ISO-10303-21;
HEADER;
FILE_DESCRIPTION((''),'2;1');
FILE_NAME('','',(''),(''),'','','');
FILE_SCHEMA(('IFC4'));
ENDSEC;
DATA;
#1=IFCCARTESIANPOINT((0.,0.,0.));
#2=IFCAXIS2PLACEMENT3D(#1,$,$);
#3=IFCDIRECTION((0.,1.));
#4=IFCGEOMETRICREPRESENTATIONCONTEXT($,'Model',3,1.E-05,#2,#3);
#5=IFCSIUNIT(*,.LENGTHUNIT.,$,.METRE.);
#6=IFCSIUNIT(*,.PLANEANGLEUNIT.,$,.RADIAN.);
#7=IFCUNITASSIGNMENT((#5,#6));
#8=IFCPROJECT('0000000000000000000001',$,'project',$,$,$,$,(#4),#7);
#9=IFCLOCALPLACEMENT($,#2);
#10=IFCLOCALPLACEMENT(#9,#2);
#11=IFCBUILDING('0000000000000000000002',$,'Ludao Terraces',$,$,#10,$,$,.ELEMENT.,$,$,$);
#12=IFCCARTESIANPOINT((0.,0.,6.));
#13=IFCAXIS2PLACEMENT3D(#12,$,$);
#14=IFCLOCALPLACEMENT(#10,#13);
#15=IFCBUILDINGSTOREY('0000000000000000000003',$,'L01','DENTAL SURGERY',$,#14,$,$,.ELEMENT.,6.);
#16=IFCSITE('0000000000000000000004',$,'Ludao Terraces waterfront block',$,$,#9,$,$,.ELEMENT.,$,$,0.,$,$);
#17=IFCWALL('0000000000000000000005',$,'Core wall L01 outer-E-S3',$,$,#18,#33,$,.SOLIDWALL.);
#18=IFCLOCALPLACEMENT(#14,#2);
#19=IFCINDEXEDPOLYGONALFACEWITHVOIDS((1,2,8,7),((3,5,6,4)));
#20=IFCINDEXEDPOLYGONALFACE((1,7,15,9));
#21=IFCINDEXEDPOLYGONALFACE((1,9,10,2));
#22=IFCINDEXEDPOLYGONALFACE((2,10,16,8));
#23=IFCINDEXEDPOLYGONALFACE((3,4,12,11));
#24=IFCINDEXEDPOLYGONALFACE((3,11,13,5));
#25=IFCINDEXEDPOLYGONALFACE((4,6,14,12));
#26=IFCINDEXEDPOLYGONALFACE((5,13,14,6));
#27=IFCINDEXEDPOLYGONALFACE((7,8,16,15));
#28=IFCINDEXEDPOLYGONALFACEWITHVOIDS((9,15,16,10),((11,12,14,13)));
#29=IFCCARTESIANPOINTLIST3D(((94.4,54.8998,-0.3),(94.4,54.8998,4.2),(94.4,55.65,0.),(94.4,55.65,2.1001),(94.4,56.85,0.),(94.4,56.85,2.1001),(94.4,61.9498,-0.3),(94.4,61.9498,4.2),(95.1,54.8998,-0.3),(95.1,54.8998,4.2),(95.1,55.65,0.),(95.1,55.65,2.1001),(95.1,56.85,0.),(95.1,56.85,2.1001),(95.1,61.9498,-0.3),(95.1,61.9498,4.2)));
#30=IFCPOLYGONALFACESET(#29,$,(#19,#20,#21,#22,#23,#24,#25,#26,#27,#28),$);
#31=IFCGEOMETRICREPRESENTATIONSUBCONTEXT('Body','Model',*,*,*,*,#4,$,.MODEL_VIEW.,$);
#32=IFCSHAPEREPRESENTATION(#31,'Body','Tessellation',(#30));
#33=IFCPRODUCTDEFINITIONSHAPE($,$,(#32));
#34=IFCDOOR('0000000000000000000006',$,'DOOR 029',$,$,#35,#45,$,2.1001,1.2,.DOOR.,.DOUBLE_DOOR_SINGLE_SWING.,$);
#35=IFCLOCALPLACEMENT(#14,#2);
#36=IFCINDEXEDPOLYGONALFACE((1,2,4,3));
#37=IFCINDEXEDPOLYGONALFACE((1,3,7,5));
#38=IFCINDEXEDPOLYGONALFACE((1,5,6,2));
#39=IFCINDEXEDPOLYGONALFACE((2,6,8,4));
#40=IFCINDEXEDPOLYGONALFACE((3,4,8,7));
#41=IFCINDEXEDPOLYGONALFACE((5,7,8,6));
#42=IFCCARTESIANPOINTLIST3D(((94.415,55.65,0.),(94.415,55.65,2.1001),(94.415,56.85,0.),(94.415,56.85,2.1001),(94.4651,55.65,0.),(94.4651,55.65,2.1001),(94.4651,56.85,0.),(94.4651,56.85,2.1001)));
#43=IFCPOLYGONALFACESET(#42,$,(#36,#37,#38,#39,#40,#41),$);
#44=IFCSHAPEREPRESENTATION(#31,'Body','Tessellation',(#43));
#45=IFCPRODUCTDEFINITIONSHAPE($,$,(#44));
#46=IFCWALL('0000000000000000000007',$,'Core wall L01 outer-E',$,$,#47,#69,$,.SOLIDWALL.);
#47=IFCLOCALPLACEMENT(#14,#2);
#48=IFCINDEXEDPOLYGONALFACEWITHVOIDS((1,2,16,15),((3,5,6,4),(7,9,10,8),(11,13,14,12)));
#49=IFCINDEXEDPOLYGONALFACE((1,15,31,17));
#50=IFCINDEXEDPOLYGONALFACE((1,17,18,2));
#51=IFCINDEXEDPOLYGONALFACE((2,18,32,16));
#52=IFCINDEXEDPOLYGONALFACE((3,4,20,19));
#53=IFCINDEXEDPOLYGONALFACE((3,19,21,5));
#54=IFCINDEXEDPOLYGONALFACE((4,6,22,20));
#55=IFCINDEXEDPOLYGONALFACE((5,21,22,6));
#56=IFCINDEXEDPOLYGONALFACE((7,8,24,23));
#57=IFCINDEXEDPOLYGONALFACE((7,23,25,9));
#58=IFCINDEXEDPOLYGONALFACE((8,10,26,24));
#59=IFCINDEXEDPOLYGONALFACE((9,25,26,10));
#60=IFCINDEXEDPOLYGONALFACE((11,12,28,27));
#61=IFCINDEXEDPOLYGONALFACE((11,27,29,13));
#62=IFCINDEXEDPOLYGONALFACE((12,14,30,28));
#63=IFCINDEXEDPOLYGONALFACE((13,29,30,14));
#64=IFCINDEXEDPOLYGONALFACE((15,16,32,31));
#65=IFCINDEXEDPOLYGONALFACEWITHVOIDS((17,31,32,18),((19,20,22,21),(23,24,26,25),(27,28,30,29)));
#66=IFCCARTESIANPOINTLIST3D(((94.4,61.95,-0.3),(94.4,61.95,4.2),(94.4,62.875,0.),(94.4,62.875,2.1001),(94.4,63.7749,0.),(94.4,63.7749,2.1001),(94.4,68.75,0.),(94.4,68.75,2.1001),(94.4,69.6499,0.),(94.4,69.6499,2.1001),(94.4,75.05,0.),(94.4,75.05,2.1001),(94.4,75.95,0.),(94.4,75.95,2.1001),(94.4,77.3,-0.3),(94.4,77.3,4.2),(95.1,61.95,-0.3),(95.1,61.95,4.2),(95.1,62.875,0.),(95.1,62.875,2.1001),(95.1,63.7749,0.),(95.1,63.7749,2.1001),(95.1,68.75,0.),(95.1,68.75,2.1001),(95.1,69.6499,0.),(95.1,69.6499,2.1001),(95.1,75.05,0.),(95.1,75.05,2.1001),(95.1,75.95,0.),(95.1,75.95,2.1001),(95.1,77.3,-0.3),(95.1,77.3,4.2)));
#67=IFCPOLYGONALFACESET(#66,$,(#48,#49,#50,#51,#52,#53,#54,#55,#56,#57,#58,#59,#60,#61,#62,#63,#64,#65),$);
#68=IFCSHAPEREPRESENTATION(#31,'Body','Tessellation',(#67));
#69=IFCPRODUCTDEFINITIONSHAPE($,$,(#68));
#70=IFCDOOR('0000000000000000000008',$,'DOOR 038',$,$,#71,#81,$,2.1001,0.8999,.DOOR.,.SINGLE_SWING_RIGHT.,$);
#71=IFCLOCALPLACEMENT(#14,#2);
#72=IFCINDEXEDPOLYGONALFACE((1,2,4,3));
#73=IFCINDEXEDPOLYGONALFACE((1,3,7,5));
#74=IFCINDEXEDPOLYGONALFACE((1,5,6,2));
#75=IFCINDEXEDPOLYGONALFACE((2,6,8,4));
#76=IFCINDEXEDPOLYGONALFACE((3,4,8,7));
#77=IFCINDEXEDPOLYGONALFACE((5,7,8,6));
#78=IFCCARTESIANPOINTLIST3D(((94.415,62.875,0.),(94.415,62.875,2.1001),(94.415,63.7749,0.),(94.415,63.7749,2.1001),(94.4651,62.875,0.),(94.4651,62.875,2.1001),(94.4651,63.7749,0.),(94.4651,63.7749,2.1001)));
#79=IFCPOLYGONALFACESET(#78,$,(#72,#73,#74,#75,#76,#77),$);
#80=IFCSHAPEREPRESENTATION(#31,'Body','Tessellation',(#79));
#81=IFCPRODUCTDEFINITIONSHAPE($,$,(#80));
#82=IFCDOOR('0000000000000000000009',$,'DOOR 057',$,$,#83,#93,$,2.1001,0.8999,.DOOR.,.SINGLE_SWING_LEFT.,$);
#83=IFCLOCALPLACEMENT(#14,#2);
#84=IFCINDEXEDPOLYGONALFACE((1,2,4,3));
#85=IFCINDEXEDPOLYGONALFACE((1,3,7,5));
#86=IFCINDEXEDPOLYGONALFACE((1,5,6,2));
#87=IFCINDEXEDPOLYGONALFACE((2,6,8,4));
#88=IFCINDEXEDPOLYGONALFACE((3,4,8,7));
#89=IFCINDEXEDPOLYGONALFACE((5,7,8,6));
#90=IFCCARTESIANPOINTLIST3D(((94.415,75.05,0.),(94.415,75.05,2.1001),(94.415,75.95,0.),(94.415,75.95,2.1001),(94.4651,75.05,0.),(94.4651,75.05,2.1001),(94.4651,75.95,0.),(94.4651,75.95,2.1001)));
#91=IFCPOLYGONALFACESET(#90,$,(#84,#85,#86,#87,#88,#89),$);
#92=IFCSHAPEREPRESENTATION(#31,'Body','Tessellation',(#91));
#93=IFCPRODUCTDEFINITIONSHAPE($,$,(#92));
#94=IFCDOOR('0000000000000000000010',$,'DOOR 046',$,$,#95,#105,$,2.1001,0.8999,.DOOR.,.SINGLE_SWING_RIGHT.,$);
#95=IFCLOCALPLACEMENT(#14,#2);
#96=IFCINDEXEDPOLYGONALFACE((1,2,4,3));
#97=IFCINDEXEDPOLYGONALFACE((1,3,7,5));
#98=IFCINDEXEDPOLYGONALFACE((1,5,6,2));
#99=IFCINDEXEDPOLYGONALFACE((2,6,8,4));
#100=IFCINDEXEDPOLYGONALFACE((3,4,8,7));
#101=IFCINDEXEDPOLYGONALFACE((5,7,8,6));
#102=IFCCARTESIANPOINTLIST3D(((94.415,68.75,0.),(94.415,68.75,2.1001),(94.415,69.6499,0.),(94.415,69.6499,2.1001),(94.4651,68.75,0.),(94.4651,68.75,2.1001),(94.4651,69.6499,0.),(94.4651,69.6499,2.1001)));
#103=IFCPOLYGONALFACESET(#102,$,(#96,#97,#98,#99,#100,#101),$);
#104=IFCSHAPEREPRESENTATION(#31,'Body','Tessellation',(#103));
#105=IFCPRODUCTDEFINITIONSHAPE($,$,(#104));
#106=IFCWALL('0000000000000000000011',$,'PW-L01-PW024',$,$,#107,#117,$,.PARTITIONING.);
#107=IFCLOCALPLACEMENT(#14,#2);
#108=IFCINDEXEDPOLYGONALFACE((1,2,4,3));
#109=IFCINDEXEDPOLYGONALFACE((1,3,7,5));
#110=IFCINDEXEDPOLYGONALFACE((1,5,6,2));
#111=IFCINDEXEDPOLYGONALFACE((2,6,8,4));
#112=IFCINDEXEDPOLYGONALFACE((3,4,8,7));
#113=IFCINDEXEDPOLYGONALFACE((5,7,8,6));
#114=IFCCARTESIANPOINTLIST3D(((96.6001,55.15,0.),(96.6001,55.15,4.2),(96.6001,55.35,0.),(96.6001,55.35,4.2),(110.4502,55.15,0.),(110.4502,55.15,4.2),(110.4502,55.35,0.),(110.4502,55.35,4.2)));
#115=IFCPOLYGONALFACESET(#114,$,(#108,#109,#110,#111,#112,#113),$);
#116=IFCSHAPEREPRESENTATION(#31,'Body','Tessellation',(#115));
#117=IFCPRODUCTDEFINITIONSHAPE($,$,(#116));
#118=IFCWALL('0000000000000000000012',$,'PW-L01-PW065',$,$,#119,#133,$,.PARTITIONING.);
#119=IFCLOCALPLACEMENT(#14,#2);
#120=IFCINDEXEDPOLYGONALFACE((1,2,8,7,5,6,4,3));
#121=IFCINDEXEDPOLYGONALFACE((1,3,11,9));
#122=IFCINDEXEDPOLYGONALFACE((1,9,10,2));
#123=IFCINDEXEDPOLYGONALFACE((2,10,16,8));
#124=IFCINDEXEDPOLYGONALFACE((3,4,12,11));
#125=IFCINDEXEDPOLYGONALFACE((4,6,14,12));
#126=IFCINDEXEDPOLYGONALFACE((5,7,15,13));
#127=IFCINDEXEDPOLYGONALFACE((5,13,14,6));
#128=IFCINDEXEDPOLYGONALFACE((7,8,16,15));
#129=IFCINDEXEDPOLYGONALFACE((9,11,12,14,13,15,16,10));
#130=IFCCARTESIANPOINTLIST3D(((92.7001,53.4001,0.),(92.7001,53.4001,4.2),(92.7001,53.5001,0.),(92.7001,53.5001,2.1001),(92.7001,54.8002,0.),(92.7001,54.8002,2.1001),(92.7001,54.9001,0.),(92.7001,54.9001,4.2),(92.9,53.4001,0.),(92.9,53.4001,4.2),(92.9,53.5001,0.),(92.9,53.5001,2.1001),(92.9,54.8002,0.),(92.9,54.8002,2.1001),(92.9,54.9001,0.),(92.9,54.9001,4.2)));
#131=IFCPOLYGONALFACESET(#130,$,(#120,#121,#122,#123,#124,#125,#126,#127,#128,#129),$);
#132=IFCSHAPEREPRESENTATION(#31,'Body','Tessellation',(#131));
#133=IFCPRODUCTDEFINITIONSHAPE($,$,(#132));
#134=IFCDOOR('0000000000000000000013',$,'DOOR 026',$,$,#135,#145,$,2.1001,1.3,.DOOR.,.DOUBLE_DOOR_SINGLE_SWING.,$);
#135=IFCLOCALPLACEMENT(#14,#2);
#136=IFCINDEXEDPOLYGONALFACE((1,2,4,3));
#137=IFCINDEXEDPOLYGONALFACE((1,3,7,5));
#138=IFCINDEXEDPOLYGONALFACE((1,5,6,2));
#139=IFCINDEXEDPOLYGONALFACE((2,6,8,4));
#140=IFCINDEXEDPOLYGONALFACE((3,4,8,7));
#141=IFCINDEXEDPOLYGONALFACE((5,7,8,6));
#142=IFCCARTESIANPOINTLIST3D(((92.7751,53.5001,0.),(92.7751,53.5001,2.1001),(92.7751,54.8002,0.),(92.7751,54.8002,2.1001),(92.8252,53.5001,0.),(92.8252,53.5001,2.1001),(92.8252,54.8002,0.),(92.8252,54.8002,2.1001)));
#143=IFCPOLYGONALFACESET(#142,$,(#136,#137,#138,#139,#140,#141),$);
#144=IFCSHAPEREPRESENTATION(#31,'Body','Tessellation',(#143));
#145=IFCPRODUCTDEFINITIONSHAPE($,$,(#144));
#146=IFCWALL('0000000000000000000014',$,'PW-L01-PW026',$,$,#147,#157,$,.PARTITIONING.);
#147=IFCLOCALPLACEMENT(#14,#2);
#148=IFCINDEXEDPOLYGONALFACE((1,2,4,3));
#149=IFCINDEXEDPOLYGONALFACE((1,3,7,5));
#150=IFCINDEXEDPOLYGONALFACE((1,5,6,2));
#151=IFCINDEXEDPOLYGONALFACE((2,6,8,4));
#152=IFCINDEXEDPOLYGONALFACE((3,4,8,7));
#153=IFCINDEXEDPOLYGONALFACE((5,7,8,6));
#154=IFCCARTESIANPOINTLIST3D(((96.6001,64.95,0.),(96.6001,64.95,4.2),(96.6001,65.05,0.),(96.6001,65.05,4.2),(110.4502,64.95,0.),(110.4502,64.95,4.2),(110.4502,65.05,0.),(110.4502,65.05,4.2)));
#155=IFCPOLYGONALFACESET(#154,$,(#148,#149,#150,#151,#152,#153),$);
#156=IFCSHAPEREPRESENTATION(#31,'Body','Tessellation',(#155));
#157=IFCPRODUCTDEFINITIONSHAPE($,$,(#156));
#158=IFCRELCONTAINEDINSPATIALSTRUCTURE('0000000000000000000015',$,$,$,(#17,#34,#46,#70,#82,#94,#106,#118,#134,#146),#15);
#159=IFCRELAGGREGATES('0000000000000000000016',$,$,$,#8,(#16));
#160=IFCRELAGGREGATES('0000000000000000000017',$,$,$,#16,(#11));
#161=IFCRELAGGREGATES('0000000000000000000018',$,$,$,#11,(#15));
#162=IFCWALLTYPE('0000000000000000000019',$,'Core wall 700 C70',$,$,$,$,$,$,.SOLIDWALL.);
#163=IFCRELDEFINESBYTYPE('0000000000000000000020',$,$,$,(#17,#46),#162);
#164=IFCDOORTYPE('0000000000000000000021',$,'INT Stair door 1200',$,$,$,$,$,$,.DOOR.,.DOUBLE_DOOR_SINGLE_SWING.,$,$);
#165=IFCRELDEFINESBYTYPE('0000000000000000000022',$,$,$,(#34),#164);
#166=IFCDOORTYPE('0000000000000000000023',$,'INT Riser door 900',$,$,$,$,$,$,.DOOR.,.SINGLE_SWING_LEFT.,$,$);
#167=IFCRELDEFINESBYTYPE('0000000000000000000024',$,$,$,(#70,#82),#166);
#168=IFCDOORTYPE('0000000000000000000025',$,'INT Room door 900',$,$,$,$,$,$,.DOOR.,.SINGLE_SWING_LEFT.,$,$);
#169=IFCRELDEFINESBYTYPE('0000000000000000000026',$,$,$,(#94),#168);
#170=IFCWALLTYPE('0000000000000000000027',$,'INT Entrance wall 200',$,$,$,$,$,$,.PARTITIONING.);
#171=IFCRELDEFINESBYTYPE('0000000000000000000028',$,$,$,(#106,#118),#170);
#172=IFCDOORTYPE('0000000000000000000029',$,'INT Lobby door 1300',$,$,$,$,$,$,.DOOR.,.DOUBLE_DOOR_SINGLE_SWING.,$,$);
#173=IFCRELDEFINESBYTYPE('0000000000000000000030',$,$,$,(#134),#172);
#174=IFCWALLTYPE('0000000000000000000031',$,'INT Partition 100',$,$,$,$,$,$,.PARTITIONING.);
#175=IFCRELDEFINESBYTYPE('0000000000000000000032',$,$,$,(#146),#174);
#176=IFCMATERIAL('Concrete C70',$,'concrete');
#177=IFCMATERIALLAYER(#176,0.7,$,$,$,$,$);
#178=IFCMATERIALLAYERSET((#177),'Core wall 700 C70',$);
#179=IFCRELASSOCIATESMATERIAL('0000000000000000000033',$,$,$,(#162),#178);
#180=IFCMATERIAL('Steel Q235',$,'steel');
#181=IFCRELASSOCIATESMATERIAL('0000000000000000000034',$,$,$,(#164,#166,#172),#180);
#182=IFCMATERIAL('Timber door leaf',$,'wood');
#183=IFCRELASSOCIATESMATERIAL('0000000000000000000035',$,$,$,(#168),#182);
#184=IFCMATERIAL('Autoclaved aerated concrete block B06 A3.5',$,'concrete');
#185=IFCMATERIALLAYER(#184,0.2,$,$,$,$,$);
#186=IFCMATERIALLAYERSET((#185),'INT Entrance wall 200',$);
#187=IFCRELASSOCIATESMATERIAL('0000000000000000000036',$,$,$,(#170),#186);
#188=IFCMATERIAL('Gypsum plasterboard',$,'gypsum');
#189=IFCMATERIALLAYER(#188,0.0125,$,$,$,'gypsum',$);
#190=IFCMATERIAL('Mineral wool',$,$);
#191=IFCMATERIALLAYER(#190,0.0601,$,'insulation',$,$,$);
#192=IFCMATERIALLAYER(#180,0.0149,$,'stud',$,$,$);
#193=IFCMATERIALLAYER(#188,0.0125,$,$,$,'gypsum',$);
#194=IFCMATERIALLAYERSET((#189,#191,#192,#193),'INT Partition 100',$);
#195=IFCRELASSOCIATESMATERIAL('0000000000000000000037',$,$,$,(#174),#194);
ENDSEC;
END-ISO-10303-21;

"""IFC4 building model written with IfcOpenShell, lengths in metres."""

from ifc_helpers import new_model, si_unit, direction, frame, frame_2d, origin, place, context, subcontext, project, spatial, rectangle, extrude, material, layer, layer_set, type_object, element, fill, save


model = new_model("IFC4")

# Units and contexts
model_context = context("Model", 3, precision=1e-05, world=origin(), true_north=direction((0.0, 1.0)))
body_context = subcontext(model_context, "Body", "Model", "MODEL_VIEW")
ifc_project = project(units=[si_unit("LENGTHUNIT", "METRE"), si_unit("PLANEANGLEUNIT", "RADIAN")], contexts=[model_context])

# Site, building, storey
site_placement = place(None, origin())
site = spatial("IfcSite", under=ifc_project, at=site_placement, Name="Ludao Terraces waterfront block", CompositionType="ELEMENT", RefElevation=0.0)
building_placement = place(site_placement, origin())
building = spatial("IfcBuilding", under=site, at=building_placement, Name="Ludao Terraces", CompositionType="ELEMENT")
storey_placement = place(building_placement, frame((0.0, 0.0, 6.0)))
storey = spatial("IfcBuildingStorey", under=building, at=storey_placement, Name="L01", Description="DENTAL SURGERY", CompositionType="ELEMENT", Elevation=6.0)

# Wall, opening, door
ifc_material_1 = material(Name="Concrete C70", Category="concrete")
ifc_layer_1 = layer(ifc_material_1, 0.7)
ifc_layer_set_1 = layer_set([ifc_layer_1], Name="Core wall 700 C70")
wall_type_1 = type_object("IfcWallType", Name="Core wall 700 C70", PredefinedType="SOLIDWALL", material=ifc_layer_set_1)
wall_1_placement = place(storey_placement, frame((94.75, 54.8999, -0.3), z_axis=(0.0, 0.0, 1.0), x_axis=(0.0, 1.0, 0.0)))
wall_1 = element("IfcWall", 1, at=wall_1_placement, inside=storey, type_object=wall_type_1, Name="Core wall L01 outer-E-S3", PredefinedType="SOLIDWALL", context=body_context, shape_type="SweptSolid", body=[
    extrude(rectangle(XDim=7.05, YDim=0.7, at=frame_2d((3.5249, 0.0))), origin(), (0.0, 0.0, 1.0), 4.5),
])
opening_1_placement = place(wall_1_placement, frame((0.75, 0.0, 0.3)))
opening_1 = element("IfcOpeningElement", 2, at=opening_1_placement, cuts=wall_1, PredefinedType="OPENING", context=body_context, shape_type="SweptSolid", body=[
    extrude(rectangle(XDim=1.2, YDim=2.1001, at=frame_2d((0.6001, 1.05))), frame((0.0, 0.3599, 0.0), z_axis=(0.0, -1.0, 0.0), x_axis=(1.0, 0.0, 0.0)), (0.0, 0.0, 1.0), 0.72),
])
ifc_material_2 = material(Name="Steel Q235", Category="steel")
door_type_1 = type_object("IfcDoorType", Name="INT Stair door 1200", OperationType="DOUBLE_DOOR_SINGLE_SWING", PredefinedType="DOOR", material=ifc_material_2)
door_1_placement = place(opening_1_placement, origin())
door_1 = element("IfcDoor", 3, at=door_1_placement, inside=storey, type_object=door_type_1, Name="DOOR 029", OperationType="DOUBLE_DOOR_SINGLE_SWING", OverallHeight=2.1001, OverallWidth=1.2, PredefinedType="DOOR", context=body_context, shape_type="SweptSolid", body=[
    extrude(rectangle(XDim=1.2, YDim=2.1001, at=frame_2d((0.6001, 1.05))), frame((0.0, 0.335, 0.0), z_axis=(0.0, -1.0, 0.0), x_axis=(1.0, 0.0, 0.0)), (0.0, 0.0, 1.0), 0.05),
])
fill(opening_1, door_1)

# Wall, openings, doors
wall_2_placement = place(storey_placement, frame((94.75, 61.95, -0.3), z_axis=(0.0, 0.0, 1.0), x_axis=(0.0, 1.0, 0.0)))
wall_2 = element("IfcWall", 4, at=wall_2_placement, inside=storey, type_object=wall_type_1, Name="Core wall L01 outer-E", PredefinedType="SOLIDWALL", context=body_context, shape_type="SweptSolid", body=[
    extrude(rectangle(XDim=15.3501, YDim=0.7, at=frame_2d((7.675, 0.0))), origin(), (0.0, 0.0, 1.0), 4.5),
])
opening_2_placement = place(wall_2_placement, frame((0.925, 0.0, 0.3)))
opening_2 = element("IfcOpeningElement", 5, at=opening_2_placement, cuts=wall_2, PredefinedType="OPENING", context=body_context, shape_type="SweptSolid", body=[
    extrude(rectangle(XDim=0.8999, YDim=2.1001, at=frame_2d((0.45, 1.05))), frame((0.0, 0.3599, 0.0), z_axis=(0.0, -1.0, 0.0), x_axis=(1.0, 0.0, 0.0)), (0.0, 0.0, 1.0), 0.72),
])
opening_3_placement = place(wall_2_placement, frame((6.8, 0.0, 0.3)))
opening_3 = element("IfcOpeningElement", 6, at=opening_3_placement, cuts=wall_2, PredefinedType="OPENING", context=body_context, shape_type="SweptSolid", body=[
    extrude(rectangle(XDim=0.8999, YDim=2.1001, at=frame_2d((0.45, 1.05))), frame((0.0, 0.3599, 0.0), z_axis=(0.0, -1.0, 0.0), x_axis=(1.0, 0.0, 0.0)), (0.0, 0.0, 1.0), 0.72),
])
opening_4_placement = place(wall_2_placement, frame((13.1001, 0.0, 0.3)))
opening_4 = element("IfcOpeningElement", 7, at=opening_4_placement, cuts=wall_2, PredefinedType="OPENING", context=body_context, shape_type="SweptSolid", body=[
    extrude(rectangle(XDim=0.8999, YDim=2.1001, at=frame_2d((0.45, 1.05))), frame((0.0, 0.3599, 0.0), z_axis=(0.0, -1.0, 0.0), x_axis=(1.0, 0.0, 0.0)), (0.0, 0.0, 1.0), 0.72),
])
door_type_2 = type_object("IfcDoorType", Name="INT Riser door 900", OperationType="SINGLE_SWING_LEFT", PredefinedType="DOOR", material=ifc_material_2)
door_2_placement = place(opening_2_placement, origin())
door_2 = element("IfcDoor", 8, at=door_2_placement, inside=storey, type_object=door_type_2, Name="DOOR 038", OperationType="SINGLE_SWING_RIGHT", OverallHeight=2.1001, OverallWidth=0.8999, PredefinedType="DOOR", context=body_context, shape_type="SweptSolid", body=[
    extrude(rectangle(XDim=0.8999, YDim=2.1001, at=frame_2d((0.45, 1.05))), frame((0.0, 0.335, 0.0), z_axis=(0.0, -1.0, 0.0), x_axis=(1.0, 0.0, 0.0)), (0.0, 0.0, 1.0), 0.05),
])
fill(opening_2, door_2)
door_3_placement = place(opening_4_placement, origin())
door_3 = element("IfcDoor", 9, at=door_3_placement, inside=storey, type_object=door_type_2, Name="DOOR 057", OperationType="SINGLE_SWING_LEFT", OverallHeight=2.1001, OverallWidth=0.8999, PredefinedType="DOOR", context=body_context, shape_type="SweptSolid", body=[
    extrude(rectangle(XDim=0.8999, YDim=2.1001, at=frame_2d((0.45, 1.05))), frame((0.0, 0.335, 0.0), z_axis=(0.0, -1.0, 0.0), x_axis=(1.0, 0.0, 0.0)), (0.0, 0.0, 1.0), 0.05),
])
fill(opening_4, door_3)
ifc_material_3 = material(Name="Timber door leaf", Category="wood")
door_type_3 = type_object("IfcDoorType", Name="INT Room door 900", OperationType="SINGLE_SWING_LEFT", PredefinedType="DOOR", material=ifc_material_3)
door_4_placement = place(opening_3_placement, origin())
door_4 = element("IfcDoor", 10, at=door_4_placement, inside=storey, type_object=door_type_3, Name="DOOR 046", OperationType="SINGLE_SWING_RIGHT", OverallHeight=2.1001, OverallWidth=0.8999, PredefinedType="DOOR", context=body_context, shape_type="SweptSolid", body=[
    extrude(rectangle(XDim=0.8999, YDim=2.1001, at=frame_2d((0.45, 1.05))), frame((0.0, 0.335, 0.0), z_axis=(0.0, -1.0, 0.0), x_axis=(1.0, 0.0, 0.0)), (0.0, 0.0, 1.0), 0.05),
])
fill(opening_3, door_4)

# Wall
ifc_material_4 = material(Name="Autoclaved aerated concrete block B06 A3.5", Category="concrete")
ifc_layer_2 = layer(ifc_material_4, 0.2)
ifc_layer_set_2 = layer_set([ifc_layer_2], Name="INT Entrance wall 200")
wall_type_2 = type_object("IfcWallType", Name="INT Entrance wall 200", PredefinedType="PARTITIONING", material=ifc_layer_set_2)
wall_3_placement = place(storey_placement, frame((96.6001, 55.25, 0.0), z_axis=(0.0, 0.0, 1.0), x_axis=(1.0, 0.0, 0.0)))
element("IfcWall", 11, at=wall_3_placement, inside=storey, type_object=wall_type_2, Name="PW-L01-PW024", PredefinedType="PARTITIONING", context=body_context, shape_type="SweptSolid", body=[
    extrude(rectangle(XDim=13.8501, YDim=0.2, at=frame_2d((6.925, 0.0))), origin(), (0.0, 0.0, 1.0), 4.2),
])

# Wall, opening, door
wall_4_placement = place(storey_placement, frame((92.8, 53.4001, 0.0), z_axis=(0.0, 0.0, 1.0), x_axis=(0.0, 1.0, 0.0)))
wall_4 = element("IfcWall", 12, at=wall_4_placement, inside=storey, type_object=wall_type_2, Name="PW-L01-PW065", PredefinedType="PARTITIONING", context=body_context, shape_type="SweptSolid", body=[
    extrude(rectangle(XDim=1.5, YDim=0.2, at=frame_2d((0.75, 0.0))), origin(), (0.0, 0.0, 1.0), 4.2),
])
opening_5_placement = place(wall_4_placement, frame((0.1001, 0.0, 0.0)))
opening_5 = element("IfcOpeningElement", 13, at=opening_5_placement, cuts=wall_4, PredefinedType="OPENING", context=body_context, shape_type="SweptSolid", body=[
    extrude(rectangle(XDim=1.3, YDim=2.1001, at=frame_2d((0.6499, 1.05))), frame((0.0, 0.1099, 0.0), z_axis=(0.0, -1.0, 0.0), x_axis=(1.0, 0.0, 0.0)), (0.0, 0.0, 1.0), 0.22),
])
door_type_4 = type_object("IfcDoorType", Name="INT Lobby door 1300", OperationType="DOUBLE_DOOR_SINGLE_SWING", PredefinedType="DOOR", material=ifc_material_2)
door_5_placement = place(opening_5_placement, origin())
door_5 = element("IfcDoor", 14, at=door_5_placement, inside=storey, type_object=door_type_4, Name="DOOR 026", OperationType="DOUBLE_DOOR_SINGLE_SWING", OverallHeight=2.1001, OverallWidth=1.3, PredefinedType="DOOR", context=body_context, shape_type="SweptSolid", body=[
    extrude(rectangle(XDim=1.3, YDim=2.1001, at=frame_2d((0.6499, 1.05))), frame((0.0, 0.0249, 0.0), z_axis=(0.0, -1.0, 0.0), x_axis=(1.0, 0.0, 0.0)), (0.0, 0.0, 1.0), 0.05),
])
fill(opening_5, door_5)

# Wall
ifc_material_5 = material(Name="Gypsum plasterboard", Category="gypsum")
ifc_layer_3 = layer(ifc_material_5, 0.0125, Category="gypsum")
ifc_material_6 = material(Name="Mineral wool")
ifc_layer_4 = layer(ifc_material_6, 0.0601, Name="insulation")
ifc_layer_5 = layer(ifc_material_2, 0.0149, Name="stud")
ifc_layer_6 = layer(ifc_material_5, 0.0125, Category="gypsum")
ifc_layer_set_3 = layer_set([ifc_layer_3, ifc_layer_4, ifc_layer_5, ifc_layer_6], Name="INT Partition 100")
wall_type_3 = type_object("IfcWallType", Name="INT Partition 100", PredefinedType="PARTITIONING", material=ifc_layer_set_3)
wall_5_placement = place(storey_placement, frame((96.6001, 65.0, 0.0), z_axis=(0.0, 0.0, 1.0), x_axis=(1.0, 0.0, 0.0)))
element("IfcWall", 15, at=wall_5_placement, inside=storey, type_object=wall_type_3, Name="PW-L01-PW026", PredefinedType="PARTITIONING", context=body_context, shape_type="SweptSolid", body=[
    extrude(rectangle(XDim=13.8501, YDim=0.1001, at=frame_2d((6.925, 0.0))), origin(), (0.0, 0.0, 1.0), 4.2),
])

save(model, "model.ifc")
